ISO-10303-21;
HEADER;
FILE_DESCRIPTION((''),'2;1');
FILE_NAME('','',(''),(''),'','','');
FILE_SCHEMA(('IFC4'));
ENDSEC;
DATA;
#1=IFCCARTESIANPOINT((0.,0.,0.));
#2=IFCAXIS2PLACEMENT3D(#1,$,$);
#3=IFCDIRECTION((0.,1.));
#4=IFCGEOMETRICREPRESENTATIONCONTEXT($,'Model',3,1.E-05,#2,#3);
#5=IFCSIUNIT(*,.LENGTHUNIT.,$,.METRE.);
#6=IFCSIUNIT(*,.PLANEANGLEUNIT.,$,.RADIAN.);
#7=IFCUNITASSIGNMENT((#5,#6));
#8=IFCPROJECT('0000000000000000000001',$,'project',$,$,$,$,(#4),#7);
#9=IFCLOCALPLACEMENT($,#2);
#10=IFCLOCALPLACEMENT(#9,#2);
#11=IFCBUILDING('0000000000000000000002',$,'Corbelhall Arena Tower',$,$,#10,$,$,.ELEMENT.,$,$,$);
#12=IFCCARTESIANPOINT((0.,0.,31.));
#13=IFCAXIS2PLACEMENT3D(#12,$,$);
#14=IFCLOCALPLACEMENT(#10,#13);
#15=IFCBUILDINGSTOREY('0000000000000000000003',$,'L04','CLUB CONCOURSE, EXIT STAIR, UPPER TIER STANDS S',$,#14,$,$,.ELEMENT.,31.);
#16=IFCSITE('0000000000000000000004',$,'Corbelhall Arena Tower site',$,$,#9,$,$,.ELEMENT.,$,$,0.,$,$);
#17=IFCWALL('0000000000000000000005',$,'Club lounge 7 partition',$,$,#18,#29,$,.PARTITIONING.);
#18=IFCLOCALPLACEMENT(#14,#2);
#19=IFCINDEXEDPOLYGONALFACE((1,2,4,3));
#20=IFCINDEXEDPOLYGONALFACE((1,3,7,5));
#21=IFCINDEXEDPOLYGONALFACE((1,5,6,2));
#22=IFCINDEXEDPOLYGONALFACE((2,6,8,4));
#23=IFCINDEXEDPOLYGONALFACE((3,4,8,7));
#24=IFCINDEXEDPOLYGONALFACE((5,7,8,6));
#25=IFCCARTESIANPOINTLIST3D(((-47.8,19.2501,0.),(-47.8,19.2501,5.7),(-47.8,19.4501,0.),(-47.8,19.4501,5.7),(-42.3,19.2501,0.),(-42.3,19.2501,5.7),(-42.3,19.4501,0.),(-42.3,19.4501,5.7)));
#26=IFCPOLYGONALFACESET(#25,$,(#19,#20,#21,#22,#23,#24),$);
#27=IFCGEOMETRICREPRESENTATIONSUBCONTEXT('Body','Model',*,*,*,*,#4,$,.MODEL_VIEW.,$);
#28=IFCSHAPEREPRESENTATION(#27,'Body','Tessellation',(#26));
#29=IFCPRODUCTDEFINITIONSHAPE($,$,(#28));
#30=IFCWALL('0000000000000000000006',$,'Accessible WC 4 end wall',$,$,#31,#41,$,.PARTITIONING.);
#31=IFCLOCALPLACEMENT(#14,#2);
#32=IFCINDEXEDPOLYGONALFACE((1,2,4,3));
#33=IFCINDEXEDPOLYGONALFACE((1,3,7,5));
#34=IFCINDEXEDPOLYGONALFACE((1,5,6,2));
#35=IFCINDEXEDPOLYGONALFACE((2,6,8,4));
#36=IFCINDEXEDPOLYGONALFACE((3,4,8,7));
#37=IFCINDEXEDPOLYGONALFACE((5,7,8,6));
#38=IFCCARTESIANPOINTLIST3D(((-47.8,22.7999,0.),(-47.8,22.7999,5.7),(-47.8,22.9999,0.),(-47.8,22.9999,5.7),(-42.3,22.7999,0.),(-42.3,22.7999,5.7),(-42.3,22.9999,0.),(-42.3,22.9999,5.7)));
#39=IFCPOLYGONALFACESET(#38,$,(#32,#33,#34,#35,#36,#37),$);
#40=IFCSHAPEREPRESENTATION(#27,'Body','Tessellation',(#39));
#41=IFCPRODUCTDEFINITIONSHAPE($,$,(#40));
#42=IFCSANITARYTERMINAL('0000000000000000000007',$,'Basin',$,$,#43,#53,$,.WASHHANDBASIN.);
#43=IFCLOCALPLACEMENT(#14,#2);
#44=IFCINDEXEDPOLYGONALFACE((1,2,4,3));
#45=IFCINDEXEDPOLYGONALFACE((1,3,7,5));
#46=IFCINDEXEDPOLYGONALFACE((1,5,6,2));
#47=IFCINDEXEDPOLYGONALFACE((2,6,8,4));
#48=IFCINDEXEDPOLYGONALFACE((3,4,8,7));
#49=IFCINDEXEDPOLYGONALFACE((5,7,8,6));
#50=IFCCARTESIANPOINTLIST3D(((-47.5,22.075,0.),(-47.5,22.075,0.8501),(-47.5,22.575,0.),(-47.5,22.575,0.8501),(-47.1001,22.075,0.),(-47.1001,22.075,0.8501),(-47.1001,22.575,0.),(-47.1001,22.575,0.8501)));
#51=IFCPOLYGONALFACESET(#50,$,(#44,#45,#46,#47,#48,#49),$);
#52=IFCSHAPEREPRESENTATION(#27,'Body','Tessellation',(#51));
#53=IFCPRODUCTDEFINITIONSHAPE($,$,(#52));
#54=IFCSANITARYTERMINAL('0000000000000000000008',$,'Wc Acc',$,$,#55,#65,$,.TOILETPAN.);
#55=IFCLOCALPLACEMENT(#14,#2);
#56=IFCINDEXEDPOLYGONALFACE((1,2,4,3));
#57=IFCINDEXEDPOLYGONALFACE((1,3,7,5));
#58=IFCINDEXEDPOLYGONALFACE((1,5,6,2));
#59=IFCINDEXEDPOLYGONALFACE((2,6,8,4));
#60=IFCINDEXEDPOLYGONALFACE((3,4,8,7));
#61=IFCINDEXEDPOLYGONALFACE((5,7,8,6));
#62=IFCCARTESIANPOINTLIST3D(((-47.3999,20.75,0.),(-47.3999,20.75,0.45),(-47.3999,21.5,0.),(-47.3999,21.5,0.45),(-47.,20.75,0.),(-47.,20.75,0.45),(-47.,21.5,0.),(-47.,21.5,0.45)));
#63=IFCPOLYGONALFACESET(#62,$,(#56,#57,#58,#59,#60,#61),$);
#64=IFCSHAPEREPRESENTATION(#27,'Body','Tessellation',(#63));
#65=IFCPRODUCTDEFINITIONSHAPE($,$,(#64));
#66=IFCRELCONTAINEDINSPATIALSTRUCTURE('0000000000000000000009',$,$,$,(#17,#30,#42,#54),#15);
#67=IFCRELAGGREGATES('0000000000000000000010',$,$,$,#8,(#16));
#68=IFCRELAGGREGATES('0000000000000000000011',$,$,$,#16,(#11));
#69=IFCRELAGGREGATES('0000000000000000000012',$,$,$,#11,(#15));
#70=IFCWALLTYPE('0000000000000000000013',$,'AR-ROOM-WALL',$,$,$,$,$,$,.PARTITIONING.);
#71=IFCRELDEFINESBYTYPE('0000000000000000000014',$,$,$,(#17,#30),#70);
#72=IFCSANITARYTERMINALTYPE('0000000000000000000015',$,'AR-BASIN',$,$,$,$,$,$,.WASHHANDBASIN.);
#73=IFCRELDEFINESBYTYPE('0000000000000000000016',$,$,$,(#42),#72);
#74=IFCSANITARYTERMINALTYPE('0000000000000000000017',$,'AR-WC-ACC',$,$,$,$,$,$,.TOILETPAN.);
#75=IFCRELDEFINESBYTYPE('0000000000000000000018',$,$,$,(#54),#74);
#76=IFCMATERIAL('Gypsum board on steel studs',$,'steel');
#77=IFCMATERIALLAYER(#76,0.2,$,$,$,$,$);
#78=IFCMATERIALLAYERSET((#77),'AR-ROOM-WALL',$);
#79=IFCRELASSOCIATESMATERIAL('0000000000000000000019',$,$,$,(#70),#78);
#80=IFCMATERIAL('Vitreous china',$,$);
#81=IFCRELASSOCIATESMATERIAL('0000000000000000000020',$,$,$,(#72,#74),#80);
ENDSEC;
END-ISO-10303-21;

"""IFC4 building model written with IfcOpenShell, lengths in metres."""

from ifc_helpers import new_model, si_unit, direction, frame, frame_2d, origin, origin_2d, place, context, subcontext, project, spatial, rectangle, extrude, material, layer, layer_set, type_object, element, save


model = new_model("IFC4")

# Units and contexts
model_context = context("Model", 3, precision=1e-05, world=origin(), true_north=direction((0.0, 1.0)))
body_context = subcontext(model_context, "Body", "Model", "MODEL_VIEW")
ifc_project = project(units=[si_unit("LENGTHUNIT", "METRE"), si_unit("PLANEANGLEUNIT", "RADIAN")], contexts=[model_context])

# Site, building, storey
site_placement = place(None, origin())
site = spatial("IfcSite", under=ifc_project, at=site_placement, Name="Corbelhall Arena Tower site", CompositionType="ELEMENT", RefElevation=0.0)
building_placement = place(site_placement, origin())
building = spatial("IfcBuilding", under=site, at=building_placement, Name="Corbelhall Arena Tower", CompositionType="ELEMENT")
storey_placement = place(building_placement, frame((0.0, 0.0, 31.0)))
storey = spatial("IfcBuildingStorey", under=building, at=storey_placement, Name="L04", Description="CLUB CONCOURSE, EXIT STAIR, UPPER TIER STANDS S", CompositionType="ELEMENT", Elevation=31.0)

# Shared definitions
ifc_material_1 = material(Name="Gypsum board on steel studs", Category="steel")
ifc_layer_1 = layer(ifc_material_1, 0.2)
ifc_layer_set_1 = layer_set([ifc_layer_1], Name="AR-ROOM-WALL")
wall_type = type_object("IfcWallType", Name="AR-ROOM-WALL", PredefinedType="PARTITIONING", material=ifc_layer_set_1)

# Wall
for number, where, z_axis, x_axis, name in (
    (1, (-47.8, 19.3501, 0.0), (0.0, 0.0, 1.0), (1.0, 0.0, 0.0), "Club lounge 7 partition"),
):
    element("IfcWall", number, at=place(storey_placement, frame(where, z_axis=z_axis, x_axis=x_axis)), inside=storey, type_object=wall_type, Name=name, PredefinedType="PARTITIONING", context=body_context, shape_type="SweptSolid", body=[
        extrude(rectangle(XDim=5.5, YDim=0.2, at=frame_2d((2.75, 0.0))), origin(), (0.0, 0.0, 1.0), 5.7),
    ])

# Wall
wall_1_placement = place(storey_placement, frame((-42.3, 22.8999, 0.0), z_axis=(0.0, 0.0, 1.0), x_axis=(-1.0, 0.0, 0.0)))
element("IfcWall", 2, at=wall_1_placement, inside=storey, type_object=wall_type, Name="Accessible WC 4 end wall", PredefinedType="PARTITIONING", context=body_context, shape_type="SweptSolid", body=[
    extrude(rectangle(XDim=5.5, YDim=0.2, at=frame_2d((2.75, 0.0))), origin(), (0.0, 0.0, 1.0), 5.7),
])

# Sanitary terminals
ifc_material_2 = material(Name="Vitreous china")
sanitary_terminal_type_1 = type_object("IfcSanitaryTerminalType", Name="AR-BASIN", PredefinedType="WASHHANDBASIN", material=ifc_material_2)
sanitary_terminal_1_placement = place(storey_placement, frame((-47.3, 22.325, 0.0), z_axis=(0.0, 0.0, 1.0), x_axis=(1.0, 0.0, 0.0)))
element("IfcSanitaryTerminal", 3, at=sanitary_terminal_1_placement, inside=storey, type_object=sanitary_terminal_type_1, Name="Basin", PredefinedType="WASHHANDBASIN", context=body_context, shape_type="SweptSolid", body=[
    extrude(rectangle(XDim=0.3999, YDim=0.5, at=origin_2d()), origin(), (0.0, 0.0, 1.0), 0.8501),
])
sanitary_terminal_type_2 = type_object("IfcSanitaryTerminalType", Name="AR-WC-ACC", PredefinedType="TOILETPAN", material=ifc_material_2)
sanitary_terminal_2_placement = place(storey_placement, frame((-47.2, 21.125, 0.0), z_axis=(0.0, 0.0, 1.0), x_axis=(1.0, 0.0, 0.0)))
element("IfcSanitaryTerminal", 4, at=sanitary_terminal_2_placement, inside=storey, type_object=sanitary_terminal_type_2, Name="Wc Acc", PredefinedType="TOILETPAN", context=body_context, shape_type="SweptSolid", body=[
    extrude(rectangle(XDim=0.3999, YDim=0.75, at=origin_2d()), origin(), (0.0, 0.0, 1.0), 0.45),
])

save(model, "model.ifc")
